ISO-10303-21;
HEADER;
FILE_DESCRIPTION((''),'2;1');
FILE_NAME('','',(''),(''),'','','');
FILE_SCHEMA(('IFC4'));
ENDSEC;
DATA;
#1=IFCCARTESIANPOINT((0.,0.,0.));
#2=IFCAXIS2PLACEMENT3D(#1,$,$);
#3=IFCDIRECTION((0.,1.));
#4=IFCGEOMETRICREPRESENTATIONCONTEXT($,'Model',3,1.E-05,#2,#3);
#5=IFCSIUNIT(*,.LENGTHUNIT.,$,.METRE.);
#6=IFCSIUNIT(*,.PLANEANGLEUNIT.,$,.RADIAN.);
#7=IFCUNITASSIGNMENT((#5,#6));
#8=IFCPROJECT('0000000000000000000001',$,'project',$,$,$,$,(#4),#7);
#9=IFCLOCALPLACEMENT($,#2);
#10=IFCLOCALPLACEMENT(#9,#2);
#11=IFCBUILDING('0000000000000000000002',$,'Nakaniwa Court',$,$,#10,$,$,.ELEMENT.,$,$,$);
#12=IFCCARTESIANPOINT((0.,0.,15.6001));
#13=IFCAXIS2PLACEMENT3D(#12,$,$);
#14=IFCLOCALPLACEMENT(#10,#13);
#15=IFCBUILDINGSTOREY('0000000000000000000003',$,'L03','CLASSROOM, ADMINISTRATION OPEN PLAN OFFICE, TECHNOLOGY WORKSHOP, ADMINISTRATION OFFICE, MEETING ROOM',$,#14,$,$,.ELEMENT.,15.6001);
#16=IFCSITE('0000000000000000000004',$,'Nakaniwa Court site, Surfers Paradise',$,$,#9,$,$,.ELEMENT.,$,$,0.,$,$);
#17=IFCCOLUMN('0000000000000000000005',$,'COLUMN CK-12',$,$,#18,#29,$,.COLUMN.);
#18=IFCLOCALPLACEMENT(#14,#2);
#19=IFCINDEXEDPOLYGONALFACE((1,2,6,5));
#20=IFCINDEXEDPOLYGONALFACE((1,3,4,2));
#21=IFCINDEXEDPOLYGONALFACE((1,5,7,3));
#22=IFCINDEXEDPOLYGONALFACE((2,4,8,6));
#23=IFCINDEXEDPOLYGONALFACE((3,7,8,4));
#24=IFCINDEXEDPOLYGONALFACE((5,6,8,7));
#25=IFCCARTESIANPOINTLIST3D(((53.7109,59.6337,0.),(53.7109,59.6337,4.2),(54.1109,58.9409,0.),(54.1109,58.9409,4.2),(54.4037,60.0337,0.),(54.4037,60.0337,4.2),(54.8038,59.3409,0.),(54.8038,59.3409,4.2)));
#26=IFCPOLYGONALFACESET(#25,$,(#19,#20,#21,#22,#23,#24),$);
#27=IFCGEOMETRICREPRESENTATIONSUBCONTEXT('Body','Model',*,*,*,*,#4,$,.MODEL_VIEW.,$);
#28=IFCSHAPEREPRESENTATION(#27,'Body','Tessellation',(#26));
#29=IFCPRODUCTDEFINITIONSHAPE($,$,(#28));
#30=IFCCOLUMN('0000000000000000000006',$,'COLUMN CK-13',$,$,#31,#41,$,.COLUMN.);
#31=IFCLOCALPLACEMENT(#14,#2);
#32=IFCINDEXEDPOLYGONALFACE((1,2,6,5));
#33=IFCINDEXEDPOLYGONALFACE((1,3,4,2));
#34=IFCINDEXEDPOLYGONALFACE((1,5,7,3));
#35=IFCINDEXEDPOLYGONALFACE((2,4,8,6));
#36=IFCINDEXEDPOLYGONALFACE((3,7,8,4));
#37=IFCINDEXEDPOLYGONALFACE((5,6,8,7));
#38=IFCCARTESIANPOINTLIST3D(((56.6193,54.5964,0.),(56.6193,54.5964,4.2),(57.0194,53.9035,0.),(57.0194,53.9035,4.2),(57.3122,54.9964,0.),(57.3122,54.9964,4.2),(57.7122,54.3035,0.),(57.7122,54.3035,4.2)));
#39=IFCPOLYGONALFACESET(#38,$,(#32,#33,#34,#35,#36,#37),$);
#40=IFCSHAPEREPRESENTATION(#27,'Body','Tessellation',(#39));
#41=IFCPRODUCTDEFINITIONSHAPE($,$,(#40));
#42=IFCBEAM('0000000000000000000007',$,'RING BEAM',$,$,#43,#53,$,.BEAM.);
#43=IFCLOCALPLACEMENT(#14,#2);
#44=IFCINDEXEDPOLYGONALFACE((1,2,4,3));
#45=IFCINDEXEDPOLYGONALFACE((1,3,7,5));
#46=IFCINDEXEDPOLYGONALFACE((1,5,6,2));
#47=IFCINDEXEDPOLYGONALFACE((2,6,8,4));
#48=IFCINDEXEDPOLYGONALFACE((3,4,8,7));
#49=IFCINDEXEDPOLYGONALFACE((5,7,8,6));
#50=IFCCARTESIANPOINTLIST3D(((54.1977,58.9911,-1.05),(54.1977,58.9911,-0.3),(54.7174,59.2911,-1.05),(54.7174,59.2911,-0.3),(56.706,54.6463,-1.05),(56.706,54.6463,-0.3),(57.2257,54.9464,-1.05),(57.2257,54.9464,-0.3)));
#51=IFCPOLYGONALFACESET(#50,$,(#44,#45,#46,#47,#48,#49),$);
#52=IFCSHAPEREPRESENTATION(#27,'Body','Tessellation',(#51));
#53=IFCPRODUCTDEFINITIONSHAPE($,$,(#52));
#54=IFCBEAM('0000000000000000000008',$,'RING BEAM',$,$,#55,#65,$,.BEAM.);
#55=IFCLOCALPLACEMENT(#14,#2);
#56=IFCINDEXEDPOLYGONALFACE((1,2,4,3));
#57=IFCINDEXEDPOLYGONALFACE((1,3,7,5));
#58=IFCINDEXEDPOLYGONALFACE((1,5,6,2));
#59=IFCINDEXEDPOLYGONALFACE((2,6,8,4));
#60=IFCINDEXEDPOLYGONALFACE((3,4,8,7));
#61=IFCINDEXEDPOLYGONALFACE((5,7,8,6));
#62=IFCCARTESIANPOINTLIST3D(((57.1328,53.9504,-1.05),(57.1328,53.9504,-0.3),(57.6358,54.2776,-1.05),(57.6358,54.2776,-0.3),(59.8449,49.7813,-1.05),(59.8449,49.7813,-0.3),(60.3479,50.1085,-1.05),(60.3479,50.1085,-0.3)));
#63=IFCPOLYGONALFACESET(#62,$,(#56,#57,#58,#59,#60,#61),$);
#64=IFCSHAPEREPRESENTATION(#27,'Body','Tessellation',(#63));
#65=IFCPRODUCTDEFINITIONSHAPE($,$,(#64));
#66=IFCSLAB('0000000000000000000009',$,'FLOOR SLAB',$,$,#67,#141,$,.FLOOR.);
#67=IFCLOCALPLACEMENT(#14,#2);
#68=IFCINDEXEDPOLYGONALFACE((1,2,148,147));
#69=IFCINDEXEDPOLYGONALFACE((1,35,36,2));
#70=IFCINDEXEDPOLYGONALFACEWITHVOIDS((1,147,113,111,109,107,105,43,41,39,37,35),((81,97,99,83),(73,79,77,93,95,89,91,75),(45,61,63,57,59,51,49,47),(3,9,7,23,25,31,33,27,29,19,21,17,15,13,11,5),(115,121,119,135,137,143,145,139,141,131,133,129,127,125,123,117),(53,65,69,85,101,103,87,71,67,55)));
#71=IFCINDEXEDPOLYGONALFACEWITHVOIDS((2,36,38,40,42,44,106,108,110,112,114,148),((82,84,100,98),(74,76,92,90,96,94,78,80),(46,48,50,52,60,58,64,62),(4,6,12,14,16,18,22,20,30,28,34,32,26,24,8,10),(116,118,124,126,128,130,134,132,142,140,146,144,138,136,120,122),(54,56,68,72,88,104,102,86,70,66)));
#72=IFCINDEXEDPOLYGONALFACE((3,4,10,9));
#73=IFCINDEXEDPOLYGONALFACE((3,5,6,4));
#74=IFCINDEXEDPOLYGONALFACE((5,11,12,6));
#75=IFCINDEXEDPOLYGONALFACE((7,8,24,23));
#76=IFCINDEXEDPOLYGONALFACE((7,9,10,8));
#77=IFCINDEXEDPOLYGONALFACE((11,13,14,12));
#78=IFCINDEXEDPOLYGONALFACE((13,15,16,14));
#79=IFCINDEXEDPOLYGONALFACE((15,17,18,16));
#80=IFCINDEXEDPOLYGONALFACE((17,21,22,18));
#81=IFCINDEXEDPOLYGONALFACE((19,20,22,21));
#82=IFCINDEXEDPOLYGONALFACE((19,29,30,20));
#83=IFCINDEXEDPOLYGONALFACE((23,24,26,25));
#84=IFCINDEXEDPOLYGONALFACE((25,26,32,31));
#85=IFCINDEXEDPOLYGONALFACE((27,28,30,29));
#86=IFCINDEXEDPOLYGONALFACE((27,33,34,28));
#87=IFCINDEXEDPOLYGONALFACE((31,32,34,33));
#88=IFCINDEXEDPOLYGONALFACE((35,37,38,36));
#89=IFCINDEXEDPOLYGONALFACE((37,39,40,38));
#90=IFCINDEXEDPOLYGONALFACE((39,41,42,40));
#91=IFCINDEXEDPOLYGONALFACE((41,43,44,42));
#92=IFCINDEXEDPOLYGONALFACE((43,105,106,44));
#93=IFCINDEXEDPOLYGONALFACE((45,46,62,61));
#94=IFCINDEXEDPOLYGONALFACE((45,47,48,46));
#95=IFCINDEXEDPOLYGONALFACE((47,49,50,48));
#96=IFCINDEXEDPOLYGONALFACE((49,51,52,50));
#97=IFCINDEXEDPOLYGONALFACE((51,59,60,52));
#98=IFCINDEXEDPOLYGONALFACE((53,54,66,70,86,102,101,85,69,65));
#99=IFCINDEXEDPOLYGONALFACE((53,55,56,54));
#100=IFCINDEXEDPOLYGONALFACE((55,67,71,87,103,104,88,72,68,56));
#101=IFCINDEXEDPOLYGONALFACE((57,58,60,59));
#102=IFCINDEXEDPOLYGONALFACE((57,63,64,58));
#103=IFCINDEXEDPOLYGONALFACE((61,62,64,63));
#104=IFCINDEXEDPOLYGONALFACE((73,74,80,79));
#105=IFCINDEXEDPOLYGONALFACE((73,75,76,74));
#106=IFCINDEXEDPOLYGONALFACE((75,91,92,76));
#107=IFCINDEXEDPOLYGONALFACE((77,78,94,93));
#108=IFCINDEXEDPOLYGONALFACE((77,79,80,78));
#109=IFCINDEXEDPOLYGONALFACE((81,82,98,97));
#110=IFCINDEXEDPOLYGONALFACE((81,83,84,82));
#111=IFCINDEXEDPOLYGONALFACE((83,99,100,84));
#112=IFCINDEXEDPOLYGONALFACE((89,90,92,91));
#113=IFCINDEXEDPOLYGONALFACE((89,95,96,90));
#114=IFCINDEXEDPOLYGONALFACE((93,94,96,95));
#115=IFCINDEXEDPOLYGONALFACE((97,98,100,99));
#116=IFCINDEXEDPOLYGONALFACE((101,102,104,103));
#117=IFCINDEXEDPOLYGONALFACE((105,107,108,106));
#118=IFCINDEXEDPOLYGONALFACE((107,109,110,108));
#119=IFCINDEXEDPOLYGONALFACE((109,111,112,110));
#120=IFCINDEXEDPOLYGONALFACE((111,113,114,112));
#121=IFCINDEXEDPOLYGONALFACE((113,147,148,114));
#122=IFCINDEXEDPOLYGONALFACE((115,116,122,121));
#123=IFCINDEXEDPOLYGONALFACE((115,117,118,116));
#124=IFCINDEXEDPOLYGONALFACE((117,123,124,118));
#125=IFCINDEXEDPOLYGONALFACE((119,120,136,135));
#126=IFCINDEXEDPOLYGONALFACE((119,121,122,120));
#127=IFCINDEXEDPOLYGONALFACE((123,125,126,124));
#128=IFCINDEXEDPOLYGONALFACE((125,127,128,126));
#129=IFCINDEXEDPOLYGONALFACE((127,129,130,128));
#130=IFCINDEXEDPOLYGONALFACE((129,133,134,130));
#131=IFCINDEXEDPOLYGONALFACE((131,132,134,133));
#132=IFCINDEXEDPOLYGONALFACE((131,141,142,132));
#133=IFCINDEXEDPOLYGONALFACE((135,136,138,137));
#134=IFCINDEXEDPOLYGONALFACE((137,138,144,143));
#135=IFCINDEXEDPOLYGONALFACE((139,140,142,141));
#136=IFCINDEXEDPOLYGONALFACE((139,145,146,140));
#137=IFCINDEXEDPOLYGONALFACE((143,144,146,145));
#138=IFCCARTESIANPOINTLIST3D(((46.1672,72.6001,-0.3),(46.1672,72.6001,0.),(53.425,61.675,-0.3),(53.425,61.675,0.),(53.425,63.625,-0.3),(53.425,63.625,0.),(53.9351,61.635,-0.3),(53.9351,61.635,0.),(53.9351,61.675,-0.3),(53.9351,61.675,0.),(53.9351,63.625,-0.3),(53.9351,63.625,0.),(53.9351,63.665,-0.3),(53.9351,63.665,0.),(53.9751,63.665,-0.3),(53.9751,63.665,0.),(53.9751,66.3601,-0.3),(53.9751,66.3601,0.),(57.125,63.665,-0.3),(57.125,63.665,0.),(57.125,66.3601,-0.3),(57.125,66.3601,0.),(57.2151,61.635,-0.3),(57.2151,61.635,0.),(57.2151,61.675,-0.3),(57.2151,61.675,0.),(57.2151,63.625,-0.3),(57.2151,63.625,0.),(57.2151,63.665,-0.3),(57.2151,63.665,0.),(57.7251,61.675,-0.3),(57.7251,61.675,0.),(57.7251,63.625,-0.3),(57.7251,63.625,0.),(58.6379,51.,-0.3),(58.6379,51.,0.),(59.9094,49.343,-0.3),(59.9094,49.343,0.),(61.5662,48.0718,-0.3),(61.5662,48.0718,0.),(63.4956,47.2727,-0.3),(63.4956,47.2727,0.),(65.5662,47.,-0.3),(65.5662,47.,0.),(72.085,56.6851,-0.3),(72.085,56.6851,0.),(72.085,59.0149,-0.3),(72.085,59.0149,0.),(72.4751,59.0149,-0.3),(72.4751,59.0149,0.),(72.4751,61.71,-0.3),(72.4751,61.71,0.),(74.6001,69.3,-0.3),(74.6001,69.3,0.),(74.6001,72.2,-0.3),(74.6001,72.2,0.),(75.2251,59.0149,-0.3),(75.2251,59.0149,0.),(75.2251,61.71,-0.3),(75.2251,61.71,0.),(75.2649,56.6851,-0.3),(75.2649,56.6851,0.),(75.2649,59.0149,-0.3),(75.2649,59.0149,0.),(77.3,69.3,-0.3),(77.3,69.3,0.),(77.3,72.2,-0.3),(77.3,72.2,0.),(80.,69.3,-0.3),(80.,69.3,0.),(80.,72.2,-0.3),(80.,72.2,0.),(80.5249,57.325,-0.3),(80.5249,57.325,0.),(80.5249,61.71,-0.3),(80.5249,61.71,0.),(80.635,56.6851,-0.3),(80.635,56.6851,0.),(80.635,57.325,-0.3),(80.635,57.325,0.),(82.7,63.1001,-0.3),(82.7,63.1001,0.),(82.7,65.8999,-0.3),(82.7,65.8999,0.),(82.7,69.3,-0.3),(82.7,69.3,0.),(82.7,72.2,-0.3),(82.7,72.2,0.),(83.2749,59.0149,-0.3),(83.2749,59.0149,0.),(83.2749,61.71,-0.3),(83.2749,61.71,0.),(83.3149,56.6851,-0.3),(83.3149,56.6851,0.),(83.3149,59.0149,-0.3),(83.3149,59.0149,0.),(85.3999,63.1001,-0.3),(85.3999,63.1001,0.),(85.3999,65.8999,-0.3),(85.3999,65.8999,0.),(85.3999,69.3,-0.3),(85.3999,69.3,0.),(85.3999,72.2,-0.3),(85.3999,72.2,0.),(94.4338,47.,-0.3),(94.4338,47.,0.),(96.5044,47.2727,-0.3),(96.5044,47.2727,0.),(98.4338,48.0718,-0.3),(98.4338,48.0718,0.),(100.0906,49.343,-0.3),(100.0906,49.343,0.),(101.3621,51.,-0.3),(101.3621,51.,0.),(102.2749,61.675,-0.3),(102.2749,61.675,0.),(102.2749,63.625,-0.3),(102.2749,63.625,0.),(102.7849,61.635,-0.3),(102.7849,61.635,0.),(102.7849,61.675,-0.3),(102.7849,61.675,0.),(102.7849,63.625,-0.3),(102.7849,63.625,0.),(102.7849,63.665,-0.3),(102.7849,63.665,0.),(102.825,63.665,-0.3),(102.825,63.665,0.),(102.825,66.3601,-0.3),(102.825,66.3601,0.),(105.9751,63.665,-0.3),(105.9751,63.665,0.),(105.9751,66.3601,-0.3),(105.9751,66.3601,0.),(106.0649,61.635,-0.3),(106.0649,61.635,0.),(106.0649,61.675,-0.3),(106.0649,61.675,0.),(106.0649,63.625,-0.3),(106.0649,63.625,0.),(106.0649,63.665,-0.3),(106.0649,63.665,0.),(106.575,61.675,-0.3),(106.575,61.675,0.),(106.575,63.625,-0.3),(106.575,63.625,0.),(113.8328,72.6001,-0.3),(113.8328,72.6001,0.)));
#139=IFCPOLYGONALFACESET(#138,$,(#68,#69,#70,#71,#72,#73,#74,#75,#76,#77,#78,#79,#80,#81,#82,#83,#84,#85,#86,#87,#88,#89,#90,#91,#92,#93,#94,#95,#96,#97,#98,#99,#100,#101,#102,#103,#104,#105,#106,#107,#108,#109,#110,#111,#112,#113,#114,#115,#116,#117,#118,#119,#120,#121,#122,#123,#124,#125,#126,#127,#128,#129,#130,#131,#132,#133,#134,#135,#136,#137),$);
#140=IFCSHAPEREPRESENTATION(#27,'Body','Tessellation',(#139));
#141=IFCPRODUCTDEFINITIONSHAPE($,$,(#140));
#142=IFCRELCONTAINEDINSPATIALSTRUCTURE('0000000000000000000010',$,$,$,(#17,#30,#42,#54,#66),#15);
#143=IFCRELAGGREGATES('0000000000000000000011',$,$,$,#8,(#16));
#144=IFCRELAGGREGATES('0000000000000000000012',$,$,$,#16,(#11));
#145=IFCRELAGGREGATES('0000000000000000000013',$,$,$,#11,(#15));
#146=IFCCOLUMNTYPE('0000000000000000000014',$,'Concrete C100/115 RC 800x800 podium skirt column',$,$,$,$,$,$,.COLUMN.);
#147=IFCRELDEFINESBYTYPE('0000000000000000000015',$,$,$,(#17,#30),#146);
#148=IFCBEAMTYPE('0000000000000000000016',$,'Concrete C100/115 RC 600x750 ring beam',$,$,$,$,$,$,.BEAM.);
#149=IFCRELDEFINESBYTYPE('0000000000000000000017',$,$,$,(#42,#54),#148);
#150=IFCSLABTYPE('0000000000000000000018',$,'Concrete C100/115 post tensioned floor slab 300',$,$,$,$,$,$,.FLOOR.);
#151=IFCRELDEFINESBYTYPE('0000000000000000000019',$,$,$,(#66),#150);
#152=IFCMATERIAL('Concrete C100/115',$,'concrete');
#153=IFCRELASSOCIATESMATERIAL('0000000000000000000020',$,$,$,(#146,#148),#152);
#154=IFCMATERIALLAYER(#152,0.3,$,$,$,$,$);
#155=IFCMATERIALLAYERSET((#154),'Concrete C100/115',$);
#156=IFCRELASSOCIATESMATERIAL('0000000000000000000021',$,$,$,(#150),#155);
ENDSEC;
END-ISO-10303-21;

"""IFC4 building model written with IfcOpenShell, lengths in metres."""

from ifc_helpers import new_model, si_unit, direction, frame, origin, origin_2d, place, context, subcontext, project, spatial, polyline, rectangle, outline, extrude, material, layer, layer_set, material_profile, profile_set, type_object, element, save


model = new_model("IFC4")

# Units and contexts
model_context = context("Model", 3, precision=1e-05, world=origin(), true_north=direction((0.0, 1.0)))
body_context = subcontext(model_context, "Body", "Model", "MODEL_VIEW")
ifc_project = project(units=[si_unit("LENGTHUNIT", "METRE"), si_unit("PLANEANGLEUNIT", "RADIAN")], contexts=[model_context])

# Site, building, storey
site_placement = place(None, origin())
site = spatial("IfcSite", under=ifc_project, at=site_placement, Name="Nakaniwa Court site, Surfers Paradise", CompositionType="ELEMENT", RefElevation=0.0)
building_placement = place(site_placement, origin())
building = spatial("IfcBuilding", under=site, at=building_placement, Name="Nakaniwa Court", CompositionType="ELEMENT")
storey_placement = place(building_placement, frame((0.0, 0.0, 15.6001)))
storey = spatial("IfcBuildingStorey", under=building, at=storey_placement, Name="L03", Description="CLASSROOM, ADMINISTRATION OPEN PLAN OFFICE, TECHNOLOGY WORKSHOP, ADMINISTRATION OFFICE, MEETING ROOM", CompositionType="ELEMENT", Elevation=15.6001)

# Columns
ifc_material_1 = material(Name="Concrete C100/115", Category="concrete")
ifc_material_profile_1 = material_profile(ifc_material_1, rectangle(XDim=0.8, YDim=0.8, at=origin_2d()), Name="Concrete C100/115 RC 800x800 podium skirt column")
ifc_profile_set_1 = profile_set([ifc_material_profile_1], Name="Concrete C100/115")
column_type = type_object("IfcColumnType", Name="Concrete C100/115 RC 800x800 podium skirt column", PredefinedType="COLUMN", material=ifc_profile_set_1)
for number, where, z_axis, x_axis, name in (
    (1, (54.2573, 59.4873, 0.0), (0.0, 0.0, 1.0), (0.5, -0.866025, 0.0), "COLUMN CK-12"),
    (2, (57.1658, 54.45, 0.0), (0.0, 0.0, 1.0), (0.5, -0.866025, 0.0), "COLUMN CK-13"),
):
    element("IfcColumn", number, at=place(storey_placement, frame(where, z_axis=z_axis, x_axis=x_axis)), inside=storey, type_object=column_type, Name=name, PredefinedType="COLUMN", context=body_context, shape_type="SweptSolid", body=[
        extrude(rectangle(XDim=0.8, YDim=0.8, at=origin_2d()), origin(), (0.0, 0.0, 1.0), 4.2),
    ])

# Beams
ifc_material_profile_2 = material_profile(ifc_material_1, rectangle(XDim=0.6001, YDim=0.75, at=origin_2d()), Name="Concrete C100/115 RC 600x750 ring beam")
ifc_profile_set_2 = profile_set([ifc_material_profile_2], Name="Concrete C100/115")
beam_type = type_object("IfcBeamType", Name="Concrete C100/115 RC 600x750 ring beam", PredefinedType="BEAM", material=ifc_profile_set_2)
beam_1_placement = place(storey_placement, frame((54.4575, 59.1411, -0.675), z_axis=(0.499981, -0.866036, 0.0), x_axis=(0.866036, 0.499981, 0.0)))
element("IfcBeam", 3, at=beam_1_placement, inside=storey, type_object=beam_type, Name="RING BEAM", PredefinedType="BEAM", context=body_context, shape_type="SweptSolid", body=[
    extrude(rectangle(XDim=0.6001, YDim=0.75, at=origin_2d()), origin(), (0.0, 0.0, 1.0), 5.0168),
])
beam_2_placement = place(storey_placement, frame((57.3843, 54.114, -0.675), z_axis=(0.545297, -0.838243, 0.0), x_axis=(0.838243, 0.545297, 0.0)))
element("IfcBeam", 4, at=beam_2_placement, inside=storey, type_object=beam_type, Name="RING BEAM", PredefinedType="BEAM", context=body_context, shape_type="SweptSolid", body=[
    extrude(rectangle(XDim=0.6001, YDim=0.75, at=origin_2d()), origin(), (0.0, 0.0, 1.0), 4.9736),
])

# Slab
ifc_layer_1 = layer(ifc_material_1, 0.3)
ifc_layer_set_1 = layer_set([ifc_layer_1], Name="Concrete C100/115")
slab_type_1 = type_object("IfcSlabType", Name="Concrete C100/115 post tensioned floor slab 300", PredefinedType="FLOOR", material=ifc_layer_set_1)
slab_1_placement = place(storey_placement, frame((0.0, 0.0, -0.3)))
element("IfcSlab", 5, at=slab_1_placement, inside=storey, type_object=slab_type_1, Name="FLOOR SLAB", PredefinedType="FLOOR", context=body_context, shape_type="SweptSolid", body=[
    extrude(outline(polyline([(101.3621, 51.0), (113.8328, 72.6001), (46.1672, 72.6001), (58.6379, 51.0), (59.9094, 49.343), (61.5662, 48.0718), (63.4956, 47.2727), (65.5662, 47.0), (94.4338, 47.0), (96.5044, 47.2727), (98.4338, 48.0718), (100.0906, 49.343), (101.3621, 51.0)]), holes=[polyline([(72.085, 59.0149), (72.085, 56.6851), (75.2649, 56.6851), (75.2649, 59.0149), (75.2251, 59.0149), (75.2251, 61.71), (72.4751, 61.71), (72.4751, 59.0149), (72.085, 59.0149)]), polyline([(53.9351, 61.675), (53.9351, 61.635), (57.2151, 61.635), (57.2151, 61.675), (57.7251, 61.675), (57.7251, 63.625), (57.2151, 63.625), (57.2151, 63.665), (57.125, 63.665), (57.125, 66.3601), (53.9751, 66.3601), (53.9751, 63.665), (53.9351, 63.665), (53.9351, 63.625), (53.425, 63.625), (53.425, 61.675), (53.9351, 61.675)]), polyline([(77.3, 69.3), (80.0, 69.3), (82.7, 69.3), (85.3999, 69.3), (85.3999, 72.2), (82.7, 72.2), (80.0, 72.2), (77.3, 72.2), (74.6001, 72.2), (74.6001, 69.3), (77.3, 69.3)]), polyline([(80.5249, 57.325), (80.635, 57.325), (80.635, 56.6851), (83.3149, 56.6851), (83.3149, 59.0149), (83.2749, 59.0149), (83.2749, 61.71), (80.5249, 61.71), (80.5249, 57.325)]), polyline([(102.7849, 61.675), (102.7849, 61.635), (106.0649, 61.635), (106.0649, 61.675), (106.575, 61.675), (106.575, 63.625), (106.0649, 63.625), (106.0649, 63.665), (105.9751, 63.665), (105.9751, 66.3601), (102.825, 66.3601), (102.825, 63.665), (102.7849, 63.665), (102.7849, 63.625), (102.2749, 63.625), (102.2749, 61.675), (102.7849, 61.675)]), polyline([(85.3999, 63.1001), (85.3999, 65.8999), (82.7, 65.8999), (82.7, 63.1001), (85.3999, 63.1001)])]), origin(), (0.0, 0.0, 1.0), 0.3),
])

save(model, "model.ifc")
